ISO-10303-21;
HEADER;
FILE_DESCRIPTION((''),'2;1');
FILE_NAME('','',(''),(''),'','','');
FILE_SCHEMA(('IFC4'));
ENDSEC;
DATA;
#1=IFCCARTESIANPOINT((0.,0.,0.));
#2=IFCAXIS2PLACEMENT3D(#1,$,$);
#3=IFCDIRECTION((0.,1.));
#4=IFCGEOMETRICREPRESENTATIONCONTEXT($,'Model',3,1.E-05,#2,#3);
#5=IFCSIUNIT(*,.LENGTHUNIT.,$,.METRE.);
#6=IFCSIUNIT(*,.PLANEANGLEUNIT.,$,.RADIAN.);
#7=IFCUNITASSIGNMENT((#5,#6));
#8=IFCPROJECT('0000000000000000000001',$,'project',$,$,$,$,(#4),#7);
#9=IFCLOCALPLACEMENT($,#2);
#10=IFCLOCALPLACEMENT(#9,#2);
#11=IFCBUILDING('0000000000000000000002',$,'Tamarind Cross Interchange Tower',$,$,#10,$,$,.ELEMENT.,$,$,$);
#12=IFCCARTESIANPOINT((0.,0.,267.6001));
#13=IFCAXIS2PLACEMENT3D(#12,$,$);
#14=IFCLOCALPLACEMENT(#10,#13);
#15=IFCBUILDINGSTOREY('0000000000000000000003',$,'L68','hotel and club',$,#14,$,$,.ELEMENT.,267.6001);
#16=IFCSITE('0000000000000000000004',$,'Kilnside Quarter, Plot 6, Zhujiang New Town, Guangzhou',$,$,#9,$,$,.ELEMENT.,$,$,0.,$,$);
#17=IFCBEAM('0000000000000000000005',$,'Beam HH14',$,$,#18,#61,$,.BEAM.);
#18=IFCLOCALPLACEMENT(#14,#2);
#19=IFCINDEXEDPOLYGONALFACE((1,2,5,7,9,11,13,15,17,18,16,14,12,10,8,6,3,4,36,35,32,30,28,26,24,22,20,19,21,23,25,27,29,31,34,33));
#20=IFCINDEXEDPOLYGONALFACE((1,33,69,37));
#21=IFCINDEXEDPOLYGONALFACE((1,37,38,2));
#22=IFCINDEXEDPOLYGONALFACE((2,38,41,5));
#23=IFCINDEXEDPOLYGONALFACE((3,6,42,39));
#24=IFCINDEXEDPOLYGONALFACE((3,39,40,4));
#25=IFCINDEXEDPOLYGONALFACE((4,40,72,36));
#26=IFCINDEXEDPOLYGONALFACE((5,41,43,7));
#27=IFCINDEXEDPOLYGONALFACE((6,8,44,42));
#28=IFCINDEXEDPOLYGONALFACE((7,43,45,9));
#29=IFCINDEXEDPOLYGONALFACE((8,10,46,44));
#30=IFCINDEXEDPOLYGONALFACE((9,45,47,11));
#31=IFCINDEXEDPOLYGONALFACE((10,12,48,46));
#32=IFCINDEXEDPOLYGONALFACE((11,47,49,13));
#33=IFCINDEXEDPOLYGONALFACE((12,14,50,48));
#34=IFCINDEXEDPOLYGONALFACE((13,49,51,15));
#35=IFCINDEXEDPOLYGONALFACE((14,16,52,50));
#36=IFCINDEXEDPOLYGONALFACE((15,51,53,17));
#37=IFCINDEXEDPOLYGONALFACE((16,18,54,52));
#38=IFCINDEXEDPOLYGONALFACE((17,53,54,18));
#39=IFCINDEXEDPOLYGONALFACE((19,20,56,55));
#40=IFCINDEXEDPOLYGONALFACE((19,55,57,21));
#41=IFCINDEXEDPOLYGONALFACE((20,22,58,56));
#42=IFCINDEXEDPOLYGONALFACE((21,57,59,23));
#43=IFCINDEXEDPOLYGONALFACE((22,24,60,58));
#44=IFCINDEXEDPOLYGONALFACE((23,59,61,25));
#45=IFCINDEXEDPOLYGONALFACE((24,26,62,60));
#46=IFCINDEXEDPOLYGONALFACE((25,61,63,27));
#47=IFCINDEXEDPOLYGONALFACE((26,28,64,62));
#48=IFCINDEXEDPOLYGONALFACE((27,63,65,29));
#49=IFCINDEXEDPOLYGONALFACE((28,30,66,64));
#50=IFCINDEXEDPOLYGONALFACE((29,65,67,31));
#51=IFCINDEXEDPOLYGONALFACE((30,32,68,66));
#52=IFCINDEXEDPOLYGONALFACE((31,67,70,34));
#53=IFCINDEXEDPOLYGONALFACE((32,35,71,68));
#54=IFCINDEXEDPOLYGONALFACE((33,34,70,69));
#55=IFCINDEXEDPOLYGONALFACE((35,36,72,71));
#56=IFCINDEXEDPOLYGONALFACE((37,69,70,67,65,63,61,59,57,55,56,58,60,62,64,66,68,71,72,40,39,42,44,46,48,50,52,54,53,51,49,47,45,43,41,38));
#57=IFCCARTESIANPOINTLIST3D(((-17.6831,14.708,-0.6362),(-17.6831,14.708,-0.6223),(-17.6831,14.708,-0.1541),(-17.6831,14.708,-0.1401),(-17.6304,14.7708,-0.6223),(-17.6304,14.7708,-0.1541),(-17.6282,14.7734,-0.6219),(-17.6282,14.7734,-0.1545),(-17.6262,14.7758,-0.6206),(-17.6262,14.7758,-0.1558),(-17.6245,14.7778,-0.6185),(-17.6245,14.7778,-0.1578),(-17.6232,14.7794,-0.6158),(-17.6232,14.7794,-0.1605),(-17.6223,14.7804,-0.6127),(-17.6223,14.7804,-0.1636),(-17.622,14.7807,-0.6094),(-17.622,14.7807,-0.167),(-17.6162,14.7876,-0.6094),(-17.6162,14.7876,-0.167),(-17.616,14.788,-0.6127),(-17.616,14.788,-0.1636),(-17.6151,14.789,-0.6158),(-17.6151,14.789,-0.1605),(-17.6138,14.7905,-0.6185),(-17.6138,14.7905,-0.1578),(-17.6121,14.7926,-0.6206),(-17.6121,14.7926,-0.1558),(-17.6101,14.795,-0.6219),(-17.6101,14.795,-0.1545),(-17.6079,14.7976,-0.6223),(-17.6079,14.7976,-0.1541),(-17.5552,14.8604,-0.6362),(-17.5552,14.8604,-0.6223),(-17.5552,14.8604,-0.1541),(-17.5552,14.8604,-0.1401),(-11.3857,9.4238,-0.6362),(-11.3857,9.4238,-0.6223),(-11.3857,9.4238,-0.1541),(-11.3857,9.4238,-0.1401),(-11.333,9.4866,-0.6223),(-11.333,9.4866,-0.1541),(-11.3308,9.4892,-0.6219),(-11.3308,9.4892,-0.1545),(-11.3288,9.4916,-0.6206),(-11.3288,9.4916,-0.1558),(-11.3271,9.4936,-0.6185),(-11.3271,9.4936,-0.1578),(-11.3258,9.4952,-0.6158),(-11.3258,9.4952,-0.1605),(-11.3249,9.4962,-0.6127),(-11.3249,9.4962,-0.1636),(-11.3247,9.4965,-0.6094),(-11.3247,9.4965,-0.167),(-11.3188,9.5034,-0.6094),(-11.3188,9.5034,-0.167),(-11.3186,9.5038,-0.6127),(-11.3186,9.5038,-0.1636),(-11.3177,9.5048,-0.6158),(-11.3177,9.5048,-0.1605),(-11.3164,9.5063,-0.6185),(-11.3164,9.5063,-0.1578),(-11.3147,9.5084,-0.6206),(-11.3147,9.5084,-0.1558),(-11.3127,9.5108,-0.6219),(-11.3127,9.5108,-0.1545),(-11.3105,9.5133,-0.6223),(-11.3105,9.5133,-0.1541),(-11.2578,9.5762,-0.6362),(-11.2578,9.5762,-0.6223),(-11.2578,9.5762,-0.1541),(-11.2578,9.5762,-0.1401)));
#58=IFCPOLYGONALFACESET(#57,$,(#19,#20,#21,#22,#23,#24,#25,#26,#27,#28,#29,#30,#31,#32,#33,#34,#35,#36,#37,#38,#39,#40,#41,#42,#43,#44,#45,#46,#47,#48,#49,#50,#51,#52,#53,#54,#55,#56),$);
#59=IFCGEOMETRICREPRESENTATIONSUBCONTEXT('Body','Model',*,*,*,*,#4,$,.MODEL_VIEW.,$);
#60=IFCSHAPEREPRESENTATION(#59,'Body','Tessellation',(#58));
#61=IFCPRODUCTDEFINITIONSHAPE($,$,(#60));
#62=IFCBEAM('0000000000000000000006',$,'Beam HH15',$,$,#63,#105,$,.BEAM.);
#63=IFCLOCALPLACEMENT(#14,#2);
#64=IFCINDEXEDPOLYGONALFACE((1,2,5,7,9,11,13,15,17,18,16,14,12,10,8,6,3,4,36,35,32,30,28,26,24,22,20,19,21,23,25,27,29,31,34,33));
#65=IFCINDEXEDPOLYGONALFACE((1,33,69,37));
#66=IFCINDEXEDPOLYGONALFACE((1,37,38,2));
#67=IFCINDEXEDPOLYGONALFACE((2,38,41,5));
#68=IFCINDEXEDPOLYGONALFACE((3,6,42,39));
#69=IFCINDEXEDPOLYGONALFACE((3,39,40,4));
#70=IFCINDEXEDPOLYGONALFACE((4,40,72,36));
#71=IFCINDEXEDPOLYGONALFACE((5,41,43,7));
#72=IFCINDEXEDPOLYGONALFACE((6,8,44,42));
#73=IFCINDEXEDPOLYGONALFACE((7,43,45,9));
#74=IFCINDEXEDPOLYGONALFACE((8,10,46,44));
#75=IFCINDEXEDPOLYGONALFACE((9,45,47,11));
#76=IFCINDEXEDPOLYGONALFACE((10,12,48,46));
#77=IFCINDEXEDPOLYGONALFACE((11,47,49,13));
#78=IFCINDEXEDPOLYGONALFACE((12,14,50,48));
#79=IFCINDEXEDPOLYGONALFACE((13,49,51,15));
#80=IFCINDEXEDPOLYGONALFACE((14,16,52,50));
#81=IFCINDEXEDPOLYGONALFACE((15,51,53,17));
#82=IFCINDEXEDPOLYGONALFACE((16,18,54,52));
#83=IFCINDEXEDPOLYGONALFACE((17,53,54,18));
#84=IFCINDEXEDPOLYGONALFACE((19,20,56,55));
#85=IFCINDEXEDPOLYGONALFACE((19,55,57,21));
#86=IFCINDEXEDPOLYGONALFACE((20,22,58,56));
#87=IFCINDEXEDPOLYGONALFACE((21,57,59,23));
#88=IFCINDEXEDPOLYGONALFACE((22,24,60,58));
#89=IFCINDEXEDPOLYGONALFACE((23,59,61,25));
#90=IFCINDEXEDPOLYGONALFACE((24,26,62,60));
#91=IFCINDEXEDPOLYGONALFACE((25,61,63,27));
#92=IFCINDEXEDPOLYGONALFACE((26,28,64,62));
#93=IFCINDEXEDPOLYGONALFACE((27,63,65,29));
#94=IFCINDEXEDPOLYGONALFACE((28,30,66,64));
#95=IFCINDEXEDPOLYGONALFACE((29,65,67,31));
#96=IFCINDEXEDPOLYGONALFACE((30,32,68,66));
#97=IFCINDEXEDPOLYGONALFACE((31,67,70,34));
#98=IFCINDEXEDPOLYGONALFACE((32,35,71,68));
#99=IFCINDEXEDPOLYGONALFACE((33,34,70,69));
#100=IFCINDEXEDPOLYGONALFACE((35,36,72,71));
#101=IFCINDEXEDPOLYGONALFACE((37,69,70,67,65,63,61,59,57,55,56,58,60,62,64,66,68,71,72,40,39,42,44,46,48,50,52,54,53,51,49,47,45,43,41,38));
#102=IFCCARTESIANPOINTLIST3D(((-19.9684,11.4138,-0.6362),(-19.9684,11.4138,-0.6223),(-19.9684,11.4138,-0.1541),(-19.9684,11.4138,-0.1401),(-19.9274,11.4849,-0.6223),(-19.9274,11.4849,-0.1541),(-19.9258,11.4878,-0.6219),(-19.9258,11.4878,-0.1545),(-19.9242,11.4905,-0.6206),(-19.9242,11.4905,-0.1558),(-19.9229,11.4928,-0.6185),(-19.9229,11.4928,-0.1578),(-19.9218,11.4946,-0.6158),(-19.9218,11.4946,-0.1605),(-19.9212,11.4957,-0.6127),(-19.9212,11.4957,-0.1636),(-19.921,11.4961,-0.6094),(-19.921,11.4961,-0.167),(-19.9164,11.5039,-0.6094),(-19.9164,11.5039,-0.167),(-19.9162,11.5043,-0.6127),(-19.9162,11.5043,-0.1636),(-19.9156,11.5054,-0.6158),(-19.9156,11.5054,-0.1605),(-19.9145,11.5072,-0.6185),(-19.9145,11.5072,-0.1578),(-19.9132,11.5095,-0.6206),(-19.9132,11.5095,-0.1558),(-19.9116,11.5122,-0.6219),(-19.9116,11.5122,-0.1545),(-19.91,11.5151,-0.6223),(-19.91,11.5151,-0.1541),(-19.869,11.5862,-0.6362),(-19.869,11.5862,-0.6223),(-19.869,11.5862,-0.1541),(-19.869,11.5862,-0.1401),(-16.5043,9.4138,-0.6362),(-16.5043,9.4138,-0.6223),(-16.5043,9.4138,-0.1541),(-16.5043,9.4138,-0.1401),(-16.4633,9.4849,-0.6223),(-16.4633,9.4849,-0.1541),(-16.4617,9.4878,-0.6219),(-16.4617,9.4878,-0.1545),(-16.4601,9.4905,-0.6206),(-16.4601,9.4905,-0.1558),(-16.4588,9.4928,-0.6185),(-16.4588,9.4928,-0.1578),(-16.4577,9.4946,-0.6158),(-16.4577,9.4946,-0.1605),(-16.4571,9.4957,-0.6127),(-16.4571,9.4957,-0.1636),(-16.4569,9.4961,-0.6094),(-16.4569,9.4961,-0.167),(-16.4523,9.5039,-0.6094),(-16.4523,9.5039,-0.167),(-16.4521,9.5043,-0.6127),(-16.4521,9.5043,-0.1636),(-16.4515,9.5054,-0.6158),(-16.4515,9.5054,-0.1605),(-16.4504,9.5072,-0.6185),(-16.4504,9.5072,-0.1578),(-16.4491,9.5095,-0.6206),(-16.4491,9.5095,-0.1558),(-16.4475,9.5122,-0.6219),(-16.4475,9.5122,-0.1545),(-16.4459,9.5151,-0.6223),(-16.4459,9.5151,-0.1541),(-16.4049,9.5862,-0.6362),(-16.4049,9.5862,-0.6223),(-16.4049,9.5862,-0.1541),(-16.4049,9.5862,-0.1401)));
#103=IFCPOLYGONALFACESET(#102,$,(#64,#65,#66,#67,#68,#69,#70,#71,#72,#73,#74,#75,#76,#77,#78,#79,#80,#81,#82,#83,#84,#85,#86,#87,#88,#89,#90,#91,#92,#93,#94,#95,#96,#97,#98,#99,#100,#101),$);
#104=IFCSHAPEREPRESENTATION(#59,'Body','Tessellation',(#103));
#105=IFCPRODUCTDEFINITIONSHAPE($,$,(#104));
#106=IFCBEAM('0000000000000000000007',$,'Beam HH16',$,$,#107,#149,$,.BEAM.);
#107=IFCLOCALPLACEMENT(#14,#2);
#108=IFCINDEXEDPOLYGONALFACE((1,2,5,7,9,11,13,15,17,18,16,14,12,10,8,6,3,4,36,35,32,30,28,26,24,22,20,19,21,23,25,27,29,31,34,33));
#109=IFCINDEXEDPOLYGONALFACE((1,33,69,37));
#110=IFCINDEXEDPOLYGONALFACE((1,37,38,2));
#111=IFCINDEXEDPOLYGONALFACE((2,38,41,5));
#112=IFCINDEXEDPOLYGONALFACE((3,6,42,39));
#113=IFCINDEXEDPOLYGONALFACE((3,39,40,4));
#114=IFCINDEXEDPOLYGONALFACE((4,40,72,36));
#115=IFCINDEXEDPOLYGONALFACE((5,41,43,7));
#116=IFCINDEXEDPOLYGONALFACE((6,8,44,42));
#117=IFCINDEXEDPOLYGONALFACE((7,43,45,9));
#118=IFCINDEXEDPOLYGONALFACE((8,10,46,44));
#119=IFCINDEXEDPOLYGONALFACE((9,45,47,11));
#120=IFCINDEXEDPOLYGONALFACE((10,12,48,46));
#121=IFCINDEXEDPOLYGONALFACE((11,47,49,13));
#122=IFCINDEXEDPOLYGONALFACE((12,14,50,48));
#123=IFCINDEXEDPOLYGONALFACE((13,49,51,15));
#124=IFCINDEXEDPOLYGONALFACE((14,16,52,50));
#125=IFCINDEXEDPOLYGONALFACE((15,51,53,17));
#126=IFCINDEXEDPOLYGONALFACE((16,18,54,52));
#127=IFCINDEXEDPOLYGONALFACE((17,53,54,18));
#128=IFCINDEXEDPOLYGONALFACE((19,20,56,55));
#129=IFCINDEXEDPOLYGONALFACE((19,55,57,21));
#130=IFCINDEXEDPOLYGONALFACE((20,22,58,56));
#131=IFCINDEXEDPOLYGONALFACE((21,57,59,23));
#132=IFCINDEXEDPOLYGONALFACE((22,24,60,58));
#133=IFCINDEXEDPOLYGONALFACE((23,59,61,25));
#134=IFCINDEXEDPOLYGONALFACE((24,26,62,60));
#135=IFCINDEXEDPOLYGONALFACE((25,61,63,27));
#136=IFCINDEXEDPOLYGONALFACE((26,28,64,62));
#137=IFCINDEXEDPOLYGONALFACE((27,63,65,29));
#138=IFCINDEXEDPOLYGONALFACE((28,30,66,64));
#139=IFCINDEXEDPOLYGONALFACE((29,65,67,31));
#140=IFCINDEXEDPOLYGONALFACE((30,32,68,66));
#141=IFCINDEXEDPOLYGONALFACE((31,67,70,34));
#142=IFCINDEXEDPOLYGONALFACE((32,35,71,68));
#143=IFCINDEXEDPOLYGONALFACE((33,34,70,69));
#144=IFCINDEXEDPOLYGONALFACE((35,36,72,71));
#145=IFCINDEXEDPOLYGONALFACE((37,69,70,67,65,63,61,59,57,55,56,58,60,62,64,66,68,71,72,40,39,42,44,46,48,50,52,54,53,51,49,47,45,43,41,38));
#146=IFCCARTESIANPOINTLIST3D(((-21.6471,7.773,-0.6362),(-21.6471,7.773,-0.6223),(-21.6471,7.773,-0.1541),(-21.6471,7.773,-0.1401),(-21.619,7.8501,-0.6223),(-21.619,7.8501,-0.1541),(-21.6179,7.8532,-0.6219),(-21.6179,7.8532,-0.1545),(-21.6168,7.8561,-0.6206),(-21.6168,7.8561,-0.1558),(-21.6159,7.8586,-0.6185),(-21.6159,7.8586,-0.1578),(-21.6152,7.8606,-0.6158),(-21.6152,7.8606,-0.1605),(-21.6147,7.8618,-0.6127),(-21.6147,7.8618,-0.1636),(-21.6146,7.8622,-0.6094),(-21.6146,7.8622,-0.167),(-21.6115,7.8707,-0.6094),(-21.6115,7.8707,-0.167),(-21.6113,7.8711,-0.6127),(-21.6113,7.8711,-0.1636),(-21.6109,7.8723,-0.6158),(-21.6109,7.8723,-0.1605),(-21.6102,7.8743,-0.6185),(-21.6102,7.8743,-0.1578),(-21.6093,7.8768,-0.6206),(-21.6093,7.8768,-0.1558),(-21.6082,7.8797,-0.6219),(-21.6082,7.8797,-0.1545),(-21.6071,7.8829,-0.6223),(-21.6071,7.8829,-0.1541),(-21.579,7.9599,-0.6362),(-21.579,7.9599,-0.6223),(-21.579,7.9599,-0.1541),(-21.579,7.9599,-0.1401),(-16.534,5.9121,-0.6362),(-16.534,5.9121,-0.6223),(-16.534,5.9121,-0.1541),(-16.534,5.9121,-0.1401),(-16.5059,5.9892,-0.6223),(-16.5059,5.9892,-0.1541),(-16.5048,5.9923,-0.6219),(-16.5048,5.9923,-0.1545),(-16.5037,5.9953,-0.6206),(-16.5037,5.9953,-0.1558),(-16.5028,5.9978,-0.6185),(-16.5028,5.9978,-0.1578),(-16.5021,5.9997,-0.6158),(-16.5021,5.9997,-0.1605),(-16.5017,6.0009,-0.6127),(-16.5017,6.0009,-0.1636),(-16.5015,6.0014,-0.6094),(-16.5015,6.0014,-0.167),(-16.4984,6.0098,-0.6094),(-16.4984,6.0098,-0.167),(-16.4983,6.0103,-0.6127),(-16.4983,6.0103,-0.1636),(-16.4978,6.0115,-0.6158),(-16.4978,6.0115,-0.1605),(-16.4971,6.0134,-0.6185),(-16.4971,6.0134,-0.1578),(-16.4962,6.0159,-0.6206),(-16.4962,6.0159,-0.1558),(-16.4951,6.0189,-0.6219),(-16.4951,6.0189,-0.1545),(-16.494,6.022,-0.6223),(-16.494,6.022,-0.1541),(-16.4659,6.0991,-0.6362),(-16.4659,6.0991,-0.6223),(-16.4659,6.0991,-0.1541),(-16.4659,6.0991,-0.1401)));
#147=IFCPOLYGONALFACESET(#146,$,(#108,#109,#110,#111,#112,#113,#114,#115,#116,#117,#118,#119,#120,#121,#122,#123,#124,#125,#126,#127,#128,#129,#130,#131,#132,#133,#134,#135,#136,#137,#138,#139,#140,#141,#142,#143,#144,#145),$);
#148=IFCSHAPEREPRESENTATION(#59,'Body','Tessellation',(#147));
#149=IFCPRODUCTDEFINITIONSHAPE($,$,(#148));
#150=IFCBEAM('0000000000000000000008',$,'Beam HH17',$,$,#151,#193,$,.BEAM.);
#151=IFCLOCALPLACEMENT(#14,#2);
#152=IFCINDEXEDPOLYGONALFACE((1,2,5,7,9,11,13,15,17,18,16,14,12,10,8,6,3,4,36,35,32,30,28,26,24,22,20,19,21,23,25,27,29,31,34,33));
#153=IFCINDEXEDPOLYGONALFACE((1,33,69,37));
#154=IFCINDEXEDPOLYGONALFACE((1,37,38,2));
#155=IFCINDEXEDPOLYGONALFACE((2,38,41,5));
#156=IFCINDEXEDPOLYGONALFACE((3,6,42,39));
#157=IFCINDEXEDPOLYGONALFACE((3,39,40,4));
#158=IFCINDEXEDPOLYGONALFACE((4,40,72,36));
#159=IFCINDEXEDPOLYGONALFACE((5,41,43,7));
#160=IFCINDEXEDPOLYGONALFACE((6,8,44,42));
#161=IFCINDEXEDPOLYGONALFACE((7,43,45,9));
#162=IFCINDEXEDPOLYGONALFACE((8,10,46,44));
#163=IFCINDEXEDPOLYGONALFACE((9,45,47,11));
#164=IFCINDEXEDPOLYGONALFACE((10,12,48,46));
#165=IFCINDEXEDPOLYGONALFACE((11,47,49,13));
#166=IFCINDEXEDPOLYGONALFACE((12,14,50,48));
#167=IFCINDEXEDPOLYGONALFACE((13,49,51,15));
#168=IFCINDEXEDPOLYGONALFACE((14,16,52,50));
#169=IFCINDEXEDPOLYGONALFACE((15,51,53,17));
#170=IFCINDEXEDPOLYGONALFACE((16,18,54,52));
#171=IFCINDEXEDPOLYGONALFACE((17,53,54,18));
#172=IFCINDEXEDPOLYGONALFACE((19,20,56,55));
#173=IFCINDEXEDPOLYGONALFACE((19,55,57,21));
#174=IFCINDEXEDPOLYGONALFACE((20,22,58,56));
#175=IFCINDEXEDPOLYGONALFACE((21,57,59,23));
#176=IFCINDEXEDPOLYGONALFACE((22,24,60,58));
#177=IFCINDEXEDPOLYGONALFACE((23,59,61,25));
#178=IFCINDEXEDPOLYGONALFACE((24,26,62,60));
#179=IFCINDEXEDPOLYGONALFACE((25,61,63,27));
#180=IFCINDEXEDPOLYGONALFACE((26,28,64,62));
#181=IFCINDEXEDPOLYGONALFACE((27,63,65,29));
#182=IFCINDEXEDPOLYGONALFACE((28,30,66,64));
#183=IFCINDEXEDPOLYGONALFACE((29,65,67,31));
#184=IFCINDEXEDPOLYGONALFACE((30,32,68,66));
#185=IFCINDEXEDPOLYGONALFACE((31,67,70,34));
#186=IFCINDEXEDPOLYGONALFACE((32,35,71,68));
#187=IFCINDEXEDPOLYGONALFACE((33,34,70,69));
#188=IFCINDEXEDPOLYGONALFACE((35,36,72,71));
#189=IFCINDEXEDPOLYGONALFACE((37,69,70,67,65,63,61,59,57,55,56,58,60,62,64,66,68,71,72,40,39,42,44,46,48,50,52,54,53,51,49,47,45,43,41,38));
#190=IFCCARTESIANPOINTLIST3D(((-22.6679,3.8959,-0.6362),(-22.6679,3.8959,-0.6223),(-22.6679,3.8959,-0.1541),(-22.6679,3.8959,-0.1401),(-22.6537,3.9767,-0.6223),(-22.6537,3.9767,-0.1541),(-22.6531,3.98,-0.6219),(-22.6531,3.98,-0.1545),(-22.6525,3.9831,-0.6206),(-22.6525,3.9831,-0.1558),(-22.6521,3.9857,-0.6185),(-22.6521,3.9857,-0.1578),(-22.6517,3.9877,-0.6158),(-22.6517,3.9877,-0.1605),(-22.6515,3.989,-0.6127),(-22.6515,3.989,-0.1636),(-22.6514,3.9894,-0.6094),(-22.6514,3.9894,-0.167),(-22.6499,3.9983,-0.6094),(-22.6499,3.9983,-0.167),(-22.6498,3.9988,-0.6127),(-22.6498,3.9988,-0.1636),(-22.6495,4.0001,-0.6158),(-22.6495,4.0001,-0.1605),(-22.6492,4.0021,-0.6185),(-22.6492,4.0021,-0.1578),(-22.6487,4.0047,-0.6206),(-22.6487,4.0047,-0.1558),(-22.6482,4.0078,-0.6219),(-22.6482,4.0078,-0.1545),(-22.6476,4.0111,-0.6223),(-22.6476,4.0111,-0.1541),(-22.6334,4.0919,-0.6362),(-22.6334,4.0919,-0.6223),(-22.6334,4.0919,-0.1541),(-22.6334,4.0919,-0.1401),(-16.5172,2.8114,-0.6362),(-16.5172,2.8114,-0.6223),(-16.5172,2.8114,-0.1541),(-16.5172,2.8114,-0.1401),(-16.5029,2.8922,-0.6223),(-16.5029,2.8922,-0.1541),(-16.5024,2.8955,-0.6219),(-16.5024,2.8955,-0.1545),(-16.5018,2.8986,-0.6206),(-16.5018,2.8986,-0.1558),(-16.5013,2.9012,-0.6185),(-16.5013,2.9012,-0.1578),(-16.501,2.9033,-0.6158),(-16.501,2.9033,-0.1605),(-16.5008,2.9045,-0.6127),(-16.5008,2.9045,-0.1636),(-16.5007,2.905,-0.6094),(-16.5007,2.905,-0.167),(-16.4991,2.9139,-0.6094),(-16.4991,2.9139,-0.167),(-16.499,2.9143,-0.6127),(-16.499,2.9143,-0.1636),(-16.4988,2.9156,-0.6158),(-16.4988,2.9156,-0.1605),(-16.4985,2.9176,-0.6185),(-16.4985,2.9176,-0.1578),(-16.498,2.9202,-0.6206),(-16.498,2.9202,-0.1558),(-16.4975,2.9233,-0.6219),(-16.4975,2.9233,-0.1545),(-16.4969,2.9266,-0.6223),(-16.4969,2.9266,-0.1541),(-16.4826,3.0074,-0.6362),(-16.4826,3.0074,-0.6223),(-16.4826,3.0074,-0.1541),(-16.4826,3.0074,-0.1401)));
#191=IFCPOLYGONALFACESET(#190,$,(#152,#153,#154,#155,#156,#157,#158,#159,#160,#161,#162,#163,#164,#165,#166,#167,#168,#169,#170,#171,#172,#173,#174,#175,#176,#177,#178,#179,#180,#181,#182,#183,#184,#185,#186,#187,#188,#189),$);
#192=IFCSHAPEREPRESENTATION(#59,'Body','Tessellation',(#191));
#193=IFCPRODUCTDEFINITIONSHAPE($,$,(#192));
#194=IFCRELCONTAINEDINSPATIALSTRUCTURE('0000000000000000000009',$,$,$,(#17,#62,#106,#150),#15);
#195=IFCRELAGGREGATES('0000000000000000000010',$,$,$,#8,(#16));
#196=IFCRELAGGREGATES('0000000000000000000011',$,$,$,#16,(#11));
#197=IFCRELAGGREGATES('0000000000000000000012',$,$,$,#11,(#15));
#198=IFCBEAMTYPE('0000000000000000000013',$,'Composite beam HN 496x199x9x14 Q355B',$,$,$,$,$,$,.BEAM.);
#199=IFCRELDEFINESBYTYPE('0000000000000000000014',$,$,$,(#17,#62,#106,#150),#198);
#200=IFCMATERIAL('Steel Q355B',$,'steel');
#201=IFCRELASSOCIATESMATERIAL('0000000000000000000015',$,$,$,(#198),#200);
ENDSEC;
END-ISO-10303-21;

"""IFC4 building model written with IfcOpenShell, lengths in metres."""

from ifc_helpers import new_model, si_unit, direction, frame, origin, origin_2d, place, context, subcontext, project, spatial, i_section, extrude, material, material_profile, profile_set, type_object, element, save


model = new_model("IFC4")

# Units and contexts
model_context = context("Model", 3, precision=1e-05, world=origin(), true_north=direction((0.0, 1.0)))
body_context = subcontext(model_context, "Body", "Model", "MODEL_VIEW")
ifc_project = project(units=[si_unit("LENGTHUNIT", "METRE"), si_unit("PLANEANGLEUNIT", "RADIAN")], contexts=[model_context])

# Site, building, storey
site_placement = place(None, origin())
site = spatial("IfcSite", under=ifc_project, at=site_placement, Name="Kilnside Quarter, Plot 6, Zhujiang New Town, Guangzhou", CompositionType="ELEMENT", RefElevation=0.0)
building_placement = place(site_placement, origin())
building = spatial("IfcBuilding", under=site, at=building_placement, Name="Tamarind Cross Interchange Tower", CompositionType="ELEMENT")
storey_placement = place(building_placement, frame((0.0, 0.0, 267.6001)))
storey = spatial("IfcBuildingStorey", under=building, at=storey_placement, Name="L68", Description="hotel and club", CompositionType="ELEMENT", Elevation=267.6001)

# Beams
ifc_material_1 = material(Name="Steel Q355B", Category="steel")
ifc_material_profile_1 = material_profile(ifc_material_1, i_section(OverallWidth=0.199, OverallDepth=0.4961, WebThickness=0.009, FlangeThickness=0.0139, FilletRadius=0.0129, at=origin_2d()), Name="HN 496x199x9x14")
ifc_profile_set_1 = profile_set([ifc_material_profile_1], Name="Steel Q355B")
beam_type = type_object("IfcBeamType", Name="Composite beam HN 496x199x9x14 Q355B", PredefinedType="BEAM", material=ifc_profile_set_1)
beam_1_placement = place(storey_placement, frame((-17.6191, 14.7842, -0.3882), z_axis=(0.766041, -0.642792, 0.0), x_axis=(0.642792, 0.766041, 0.0)))
element("IfcBeam", 1, at=beam_1_placement, inside=storey, type_object=beam_type, Name="Beam HH14", PredefinedType="BEAM", context=body_context, shape_type="SweptSolid", body=[
    extrude(i_section(OverallWidth=0.199, OverallDepth=0.4961, WebThickness=0.009, FlangeThickness=0.0139, FilletRadius=0.0129, at=origin_2d()), origin(), (0.0, 0.0, 1.0), 8.2207),
])
beam_2_placement = place(storey_placement, frame((-19.9187, 11.5, -0.3882), z_axis=(0.866026, -0.499999, 0.0), x_axis=(0.499999, 0.866026, 0.0)))
element("IfcBeam", 2, at=beam_2_placement, inside=storey, type_object=beam_type, Name="Beam HH15", PredefinedType="BEAM", context=body_context, shape_type="SweptSolid", body=[
    extrude(i_section(OverallWidth=0.199, OverallDepth=0.4961, WebThickness=0.009, FlangeThickness=0.0139, FilletRadius=0.0129, at=origin_2d()), origin(), (0.0, 0.0, 1.0), 4.0),
])
beam_3_placement = place(storey_placement, frame((-21.613, 7.8665, -0.3882), z_axis=(0.939702, -0.341995, 0.0), x_axis=(0.341995, 0.939702, 0.0)))
element("IfcBeam", 3, at=beam_3_placement, inside=storey, type_object=beam_type, Name="Beam HH16", PredefinedType="BEAM", context=body_context, shape_type="SweptSolid", body=[
    extrude(i_section(OverallWidth=0.199, OverallDepth=0.4961, WebThickness=0.009, FlangeThickness=0.0139, FilletRadius=0.0129, at=origin_2d()), origin(), (0.0, 0.0, 1.0), 5.4412),
])
beam_4_placement = place(storey_placement, frame((-22.6506, 3.9939, -0.3882), z_axis=(0.984809, -0.17364, 0.0), x_axis=(0.17364, 0.984809, 0.0)))
element("IfcBeam", 4, at=beam_4_placement, inside=storey, type_object=beam_type, Name="Beam HH17", PredefinedType="BEAM", context=body_context, shape_type="SweptSolid", body=[
    extrude(i_section(OverallWidth=0.199, OverallDepth=0.4961, WebThickness=0.009, FlangeThickness=0.0139, FilletRadius=0.0129, at=origin_2d()), origin(), (0.0, 0.0, 1.0), 6.2456),
])

save(model, "model.ifc")
